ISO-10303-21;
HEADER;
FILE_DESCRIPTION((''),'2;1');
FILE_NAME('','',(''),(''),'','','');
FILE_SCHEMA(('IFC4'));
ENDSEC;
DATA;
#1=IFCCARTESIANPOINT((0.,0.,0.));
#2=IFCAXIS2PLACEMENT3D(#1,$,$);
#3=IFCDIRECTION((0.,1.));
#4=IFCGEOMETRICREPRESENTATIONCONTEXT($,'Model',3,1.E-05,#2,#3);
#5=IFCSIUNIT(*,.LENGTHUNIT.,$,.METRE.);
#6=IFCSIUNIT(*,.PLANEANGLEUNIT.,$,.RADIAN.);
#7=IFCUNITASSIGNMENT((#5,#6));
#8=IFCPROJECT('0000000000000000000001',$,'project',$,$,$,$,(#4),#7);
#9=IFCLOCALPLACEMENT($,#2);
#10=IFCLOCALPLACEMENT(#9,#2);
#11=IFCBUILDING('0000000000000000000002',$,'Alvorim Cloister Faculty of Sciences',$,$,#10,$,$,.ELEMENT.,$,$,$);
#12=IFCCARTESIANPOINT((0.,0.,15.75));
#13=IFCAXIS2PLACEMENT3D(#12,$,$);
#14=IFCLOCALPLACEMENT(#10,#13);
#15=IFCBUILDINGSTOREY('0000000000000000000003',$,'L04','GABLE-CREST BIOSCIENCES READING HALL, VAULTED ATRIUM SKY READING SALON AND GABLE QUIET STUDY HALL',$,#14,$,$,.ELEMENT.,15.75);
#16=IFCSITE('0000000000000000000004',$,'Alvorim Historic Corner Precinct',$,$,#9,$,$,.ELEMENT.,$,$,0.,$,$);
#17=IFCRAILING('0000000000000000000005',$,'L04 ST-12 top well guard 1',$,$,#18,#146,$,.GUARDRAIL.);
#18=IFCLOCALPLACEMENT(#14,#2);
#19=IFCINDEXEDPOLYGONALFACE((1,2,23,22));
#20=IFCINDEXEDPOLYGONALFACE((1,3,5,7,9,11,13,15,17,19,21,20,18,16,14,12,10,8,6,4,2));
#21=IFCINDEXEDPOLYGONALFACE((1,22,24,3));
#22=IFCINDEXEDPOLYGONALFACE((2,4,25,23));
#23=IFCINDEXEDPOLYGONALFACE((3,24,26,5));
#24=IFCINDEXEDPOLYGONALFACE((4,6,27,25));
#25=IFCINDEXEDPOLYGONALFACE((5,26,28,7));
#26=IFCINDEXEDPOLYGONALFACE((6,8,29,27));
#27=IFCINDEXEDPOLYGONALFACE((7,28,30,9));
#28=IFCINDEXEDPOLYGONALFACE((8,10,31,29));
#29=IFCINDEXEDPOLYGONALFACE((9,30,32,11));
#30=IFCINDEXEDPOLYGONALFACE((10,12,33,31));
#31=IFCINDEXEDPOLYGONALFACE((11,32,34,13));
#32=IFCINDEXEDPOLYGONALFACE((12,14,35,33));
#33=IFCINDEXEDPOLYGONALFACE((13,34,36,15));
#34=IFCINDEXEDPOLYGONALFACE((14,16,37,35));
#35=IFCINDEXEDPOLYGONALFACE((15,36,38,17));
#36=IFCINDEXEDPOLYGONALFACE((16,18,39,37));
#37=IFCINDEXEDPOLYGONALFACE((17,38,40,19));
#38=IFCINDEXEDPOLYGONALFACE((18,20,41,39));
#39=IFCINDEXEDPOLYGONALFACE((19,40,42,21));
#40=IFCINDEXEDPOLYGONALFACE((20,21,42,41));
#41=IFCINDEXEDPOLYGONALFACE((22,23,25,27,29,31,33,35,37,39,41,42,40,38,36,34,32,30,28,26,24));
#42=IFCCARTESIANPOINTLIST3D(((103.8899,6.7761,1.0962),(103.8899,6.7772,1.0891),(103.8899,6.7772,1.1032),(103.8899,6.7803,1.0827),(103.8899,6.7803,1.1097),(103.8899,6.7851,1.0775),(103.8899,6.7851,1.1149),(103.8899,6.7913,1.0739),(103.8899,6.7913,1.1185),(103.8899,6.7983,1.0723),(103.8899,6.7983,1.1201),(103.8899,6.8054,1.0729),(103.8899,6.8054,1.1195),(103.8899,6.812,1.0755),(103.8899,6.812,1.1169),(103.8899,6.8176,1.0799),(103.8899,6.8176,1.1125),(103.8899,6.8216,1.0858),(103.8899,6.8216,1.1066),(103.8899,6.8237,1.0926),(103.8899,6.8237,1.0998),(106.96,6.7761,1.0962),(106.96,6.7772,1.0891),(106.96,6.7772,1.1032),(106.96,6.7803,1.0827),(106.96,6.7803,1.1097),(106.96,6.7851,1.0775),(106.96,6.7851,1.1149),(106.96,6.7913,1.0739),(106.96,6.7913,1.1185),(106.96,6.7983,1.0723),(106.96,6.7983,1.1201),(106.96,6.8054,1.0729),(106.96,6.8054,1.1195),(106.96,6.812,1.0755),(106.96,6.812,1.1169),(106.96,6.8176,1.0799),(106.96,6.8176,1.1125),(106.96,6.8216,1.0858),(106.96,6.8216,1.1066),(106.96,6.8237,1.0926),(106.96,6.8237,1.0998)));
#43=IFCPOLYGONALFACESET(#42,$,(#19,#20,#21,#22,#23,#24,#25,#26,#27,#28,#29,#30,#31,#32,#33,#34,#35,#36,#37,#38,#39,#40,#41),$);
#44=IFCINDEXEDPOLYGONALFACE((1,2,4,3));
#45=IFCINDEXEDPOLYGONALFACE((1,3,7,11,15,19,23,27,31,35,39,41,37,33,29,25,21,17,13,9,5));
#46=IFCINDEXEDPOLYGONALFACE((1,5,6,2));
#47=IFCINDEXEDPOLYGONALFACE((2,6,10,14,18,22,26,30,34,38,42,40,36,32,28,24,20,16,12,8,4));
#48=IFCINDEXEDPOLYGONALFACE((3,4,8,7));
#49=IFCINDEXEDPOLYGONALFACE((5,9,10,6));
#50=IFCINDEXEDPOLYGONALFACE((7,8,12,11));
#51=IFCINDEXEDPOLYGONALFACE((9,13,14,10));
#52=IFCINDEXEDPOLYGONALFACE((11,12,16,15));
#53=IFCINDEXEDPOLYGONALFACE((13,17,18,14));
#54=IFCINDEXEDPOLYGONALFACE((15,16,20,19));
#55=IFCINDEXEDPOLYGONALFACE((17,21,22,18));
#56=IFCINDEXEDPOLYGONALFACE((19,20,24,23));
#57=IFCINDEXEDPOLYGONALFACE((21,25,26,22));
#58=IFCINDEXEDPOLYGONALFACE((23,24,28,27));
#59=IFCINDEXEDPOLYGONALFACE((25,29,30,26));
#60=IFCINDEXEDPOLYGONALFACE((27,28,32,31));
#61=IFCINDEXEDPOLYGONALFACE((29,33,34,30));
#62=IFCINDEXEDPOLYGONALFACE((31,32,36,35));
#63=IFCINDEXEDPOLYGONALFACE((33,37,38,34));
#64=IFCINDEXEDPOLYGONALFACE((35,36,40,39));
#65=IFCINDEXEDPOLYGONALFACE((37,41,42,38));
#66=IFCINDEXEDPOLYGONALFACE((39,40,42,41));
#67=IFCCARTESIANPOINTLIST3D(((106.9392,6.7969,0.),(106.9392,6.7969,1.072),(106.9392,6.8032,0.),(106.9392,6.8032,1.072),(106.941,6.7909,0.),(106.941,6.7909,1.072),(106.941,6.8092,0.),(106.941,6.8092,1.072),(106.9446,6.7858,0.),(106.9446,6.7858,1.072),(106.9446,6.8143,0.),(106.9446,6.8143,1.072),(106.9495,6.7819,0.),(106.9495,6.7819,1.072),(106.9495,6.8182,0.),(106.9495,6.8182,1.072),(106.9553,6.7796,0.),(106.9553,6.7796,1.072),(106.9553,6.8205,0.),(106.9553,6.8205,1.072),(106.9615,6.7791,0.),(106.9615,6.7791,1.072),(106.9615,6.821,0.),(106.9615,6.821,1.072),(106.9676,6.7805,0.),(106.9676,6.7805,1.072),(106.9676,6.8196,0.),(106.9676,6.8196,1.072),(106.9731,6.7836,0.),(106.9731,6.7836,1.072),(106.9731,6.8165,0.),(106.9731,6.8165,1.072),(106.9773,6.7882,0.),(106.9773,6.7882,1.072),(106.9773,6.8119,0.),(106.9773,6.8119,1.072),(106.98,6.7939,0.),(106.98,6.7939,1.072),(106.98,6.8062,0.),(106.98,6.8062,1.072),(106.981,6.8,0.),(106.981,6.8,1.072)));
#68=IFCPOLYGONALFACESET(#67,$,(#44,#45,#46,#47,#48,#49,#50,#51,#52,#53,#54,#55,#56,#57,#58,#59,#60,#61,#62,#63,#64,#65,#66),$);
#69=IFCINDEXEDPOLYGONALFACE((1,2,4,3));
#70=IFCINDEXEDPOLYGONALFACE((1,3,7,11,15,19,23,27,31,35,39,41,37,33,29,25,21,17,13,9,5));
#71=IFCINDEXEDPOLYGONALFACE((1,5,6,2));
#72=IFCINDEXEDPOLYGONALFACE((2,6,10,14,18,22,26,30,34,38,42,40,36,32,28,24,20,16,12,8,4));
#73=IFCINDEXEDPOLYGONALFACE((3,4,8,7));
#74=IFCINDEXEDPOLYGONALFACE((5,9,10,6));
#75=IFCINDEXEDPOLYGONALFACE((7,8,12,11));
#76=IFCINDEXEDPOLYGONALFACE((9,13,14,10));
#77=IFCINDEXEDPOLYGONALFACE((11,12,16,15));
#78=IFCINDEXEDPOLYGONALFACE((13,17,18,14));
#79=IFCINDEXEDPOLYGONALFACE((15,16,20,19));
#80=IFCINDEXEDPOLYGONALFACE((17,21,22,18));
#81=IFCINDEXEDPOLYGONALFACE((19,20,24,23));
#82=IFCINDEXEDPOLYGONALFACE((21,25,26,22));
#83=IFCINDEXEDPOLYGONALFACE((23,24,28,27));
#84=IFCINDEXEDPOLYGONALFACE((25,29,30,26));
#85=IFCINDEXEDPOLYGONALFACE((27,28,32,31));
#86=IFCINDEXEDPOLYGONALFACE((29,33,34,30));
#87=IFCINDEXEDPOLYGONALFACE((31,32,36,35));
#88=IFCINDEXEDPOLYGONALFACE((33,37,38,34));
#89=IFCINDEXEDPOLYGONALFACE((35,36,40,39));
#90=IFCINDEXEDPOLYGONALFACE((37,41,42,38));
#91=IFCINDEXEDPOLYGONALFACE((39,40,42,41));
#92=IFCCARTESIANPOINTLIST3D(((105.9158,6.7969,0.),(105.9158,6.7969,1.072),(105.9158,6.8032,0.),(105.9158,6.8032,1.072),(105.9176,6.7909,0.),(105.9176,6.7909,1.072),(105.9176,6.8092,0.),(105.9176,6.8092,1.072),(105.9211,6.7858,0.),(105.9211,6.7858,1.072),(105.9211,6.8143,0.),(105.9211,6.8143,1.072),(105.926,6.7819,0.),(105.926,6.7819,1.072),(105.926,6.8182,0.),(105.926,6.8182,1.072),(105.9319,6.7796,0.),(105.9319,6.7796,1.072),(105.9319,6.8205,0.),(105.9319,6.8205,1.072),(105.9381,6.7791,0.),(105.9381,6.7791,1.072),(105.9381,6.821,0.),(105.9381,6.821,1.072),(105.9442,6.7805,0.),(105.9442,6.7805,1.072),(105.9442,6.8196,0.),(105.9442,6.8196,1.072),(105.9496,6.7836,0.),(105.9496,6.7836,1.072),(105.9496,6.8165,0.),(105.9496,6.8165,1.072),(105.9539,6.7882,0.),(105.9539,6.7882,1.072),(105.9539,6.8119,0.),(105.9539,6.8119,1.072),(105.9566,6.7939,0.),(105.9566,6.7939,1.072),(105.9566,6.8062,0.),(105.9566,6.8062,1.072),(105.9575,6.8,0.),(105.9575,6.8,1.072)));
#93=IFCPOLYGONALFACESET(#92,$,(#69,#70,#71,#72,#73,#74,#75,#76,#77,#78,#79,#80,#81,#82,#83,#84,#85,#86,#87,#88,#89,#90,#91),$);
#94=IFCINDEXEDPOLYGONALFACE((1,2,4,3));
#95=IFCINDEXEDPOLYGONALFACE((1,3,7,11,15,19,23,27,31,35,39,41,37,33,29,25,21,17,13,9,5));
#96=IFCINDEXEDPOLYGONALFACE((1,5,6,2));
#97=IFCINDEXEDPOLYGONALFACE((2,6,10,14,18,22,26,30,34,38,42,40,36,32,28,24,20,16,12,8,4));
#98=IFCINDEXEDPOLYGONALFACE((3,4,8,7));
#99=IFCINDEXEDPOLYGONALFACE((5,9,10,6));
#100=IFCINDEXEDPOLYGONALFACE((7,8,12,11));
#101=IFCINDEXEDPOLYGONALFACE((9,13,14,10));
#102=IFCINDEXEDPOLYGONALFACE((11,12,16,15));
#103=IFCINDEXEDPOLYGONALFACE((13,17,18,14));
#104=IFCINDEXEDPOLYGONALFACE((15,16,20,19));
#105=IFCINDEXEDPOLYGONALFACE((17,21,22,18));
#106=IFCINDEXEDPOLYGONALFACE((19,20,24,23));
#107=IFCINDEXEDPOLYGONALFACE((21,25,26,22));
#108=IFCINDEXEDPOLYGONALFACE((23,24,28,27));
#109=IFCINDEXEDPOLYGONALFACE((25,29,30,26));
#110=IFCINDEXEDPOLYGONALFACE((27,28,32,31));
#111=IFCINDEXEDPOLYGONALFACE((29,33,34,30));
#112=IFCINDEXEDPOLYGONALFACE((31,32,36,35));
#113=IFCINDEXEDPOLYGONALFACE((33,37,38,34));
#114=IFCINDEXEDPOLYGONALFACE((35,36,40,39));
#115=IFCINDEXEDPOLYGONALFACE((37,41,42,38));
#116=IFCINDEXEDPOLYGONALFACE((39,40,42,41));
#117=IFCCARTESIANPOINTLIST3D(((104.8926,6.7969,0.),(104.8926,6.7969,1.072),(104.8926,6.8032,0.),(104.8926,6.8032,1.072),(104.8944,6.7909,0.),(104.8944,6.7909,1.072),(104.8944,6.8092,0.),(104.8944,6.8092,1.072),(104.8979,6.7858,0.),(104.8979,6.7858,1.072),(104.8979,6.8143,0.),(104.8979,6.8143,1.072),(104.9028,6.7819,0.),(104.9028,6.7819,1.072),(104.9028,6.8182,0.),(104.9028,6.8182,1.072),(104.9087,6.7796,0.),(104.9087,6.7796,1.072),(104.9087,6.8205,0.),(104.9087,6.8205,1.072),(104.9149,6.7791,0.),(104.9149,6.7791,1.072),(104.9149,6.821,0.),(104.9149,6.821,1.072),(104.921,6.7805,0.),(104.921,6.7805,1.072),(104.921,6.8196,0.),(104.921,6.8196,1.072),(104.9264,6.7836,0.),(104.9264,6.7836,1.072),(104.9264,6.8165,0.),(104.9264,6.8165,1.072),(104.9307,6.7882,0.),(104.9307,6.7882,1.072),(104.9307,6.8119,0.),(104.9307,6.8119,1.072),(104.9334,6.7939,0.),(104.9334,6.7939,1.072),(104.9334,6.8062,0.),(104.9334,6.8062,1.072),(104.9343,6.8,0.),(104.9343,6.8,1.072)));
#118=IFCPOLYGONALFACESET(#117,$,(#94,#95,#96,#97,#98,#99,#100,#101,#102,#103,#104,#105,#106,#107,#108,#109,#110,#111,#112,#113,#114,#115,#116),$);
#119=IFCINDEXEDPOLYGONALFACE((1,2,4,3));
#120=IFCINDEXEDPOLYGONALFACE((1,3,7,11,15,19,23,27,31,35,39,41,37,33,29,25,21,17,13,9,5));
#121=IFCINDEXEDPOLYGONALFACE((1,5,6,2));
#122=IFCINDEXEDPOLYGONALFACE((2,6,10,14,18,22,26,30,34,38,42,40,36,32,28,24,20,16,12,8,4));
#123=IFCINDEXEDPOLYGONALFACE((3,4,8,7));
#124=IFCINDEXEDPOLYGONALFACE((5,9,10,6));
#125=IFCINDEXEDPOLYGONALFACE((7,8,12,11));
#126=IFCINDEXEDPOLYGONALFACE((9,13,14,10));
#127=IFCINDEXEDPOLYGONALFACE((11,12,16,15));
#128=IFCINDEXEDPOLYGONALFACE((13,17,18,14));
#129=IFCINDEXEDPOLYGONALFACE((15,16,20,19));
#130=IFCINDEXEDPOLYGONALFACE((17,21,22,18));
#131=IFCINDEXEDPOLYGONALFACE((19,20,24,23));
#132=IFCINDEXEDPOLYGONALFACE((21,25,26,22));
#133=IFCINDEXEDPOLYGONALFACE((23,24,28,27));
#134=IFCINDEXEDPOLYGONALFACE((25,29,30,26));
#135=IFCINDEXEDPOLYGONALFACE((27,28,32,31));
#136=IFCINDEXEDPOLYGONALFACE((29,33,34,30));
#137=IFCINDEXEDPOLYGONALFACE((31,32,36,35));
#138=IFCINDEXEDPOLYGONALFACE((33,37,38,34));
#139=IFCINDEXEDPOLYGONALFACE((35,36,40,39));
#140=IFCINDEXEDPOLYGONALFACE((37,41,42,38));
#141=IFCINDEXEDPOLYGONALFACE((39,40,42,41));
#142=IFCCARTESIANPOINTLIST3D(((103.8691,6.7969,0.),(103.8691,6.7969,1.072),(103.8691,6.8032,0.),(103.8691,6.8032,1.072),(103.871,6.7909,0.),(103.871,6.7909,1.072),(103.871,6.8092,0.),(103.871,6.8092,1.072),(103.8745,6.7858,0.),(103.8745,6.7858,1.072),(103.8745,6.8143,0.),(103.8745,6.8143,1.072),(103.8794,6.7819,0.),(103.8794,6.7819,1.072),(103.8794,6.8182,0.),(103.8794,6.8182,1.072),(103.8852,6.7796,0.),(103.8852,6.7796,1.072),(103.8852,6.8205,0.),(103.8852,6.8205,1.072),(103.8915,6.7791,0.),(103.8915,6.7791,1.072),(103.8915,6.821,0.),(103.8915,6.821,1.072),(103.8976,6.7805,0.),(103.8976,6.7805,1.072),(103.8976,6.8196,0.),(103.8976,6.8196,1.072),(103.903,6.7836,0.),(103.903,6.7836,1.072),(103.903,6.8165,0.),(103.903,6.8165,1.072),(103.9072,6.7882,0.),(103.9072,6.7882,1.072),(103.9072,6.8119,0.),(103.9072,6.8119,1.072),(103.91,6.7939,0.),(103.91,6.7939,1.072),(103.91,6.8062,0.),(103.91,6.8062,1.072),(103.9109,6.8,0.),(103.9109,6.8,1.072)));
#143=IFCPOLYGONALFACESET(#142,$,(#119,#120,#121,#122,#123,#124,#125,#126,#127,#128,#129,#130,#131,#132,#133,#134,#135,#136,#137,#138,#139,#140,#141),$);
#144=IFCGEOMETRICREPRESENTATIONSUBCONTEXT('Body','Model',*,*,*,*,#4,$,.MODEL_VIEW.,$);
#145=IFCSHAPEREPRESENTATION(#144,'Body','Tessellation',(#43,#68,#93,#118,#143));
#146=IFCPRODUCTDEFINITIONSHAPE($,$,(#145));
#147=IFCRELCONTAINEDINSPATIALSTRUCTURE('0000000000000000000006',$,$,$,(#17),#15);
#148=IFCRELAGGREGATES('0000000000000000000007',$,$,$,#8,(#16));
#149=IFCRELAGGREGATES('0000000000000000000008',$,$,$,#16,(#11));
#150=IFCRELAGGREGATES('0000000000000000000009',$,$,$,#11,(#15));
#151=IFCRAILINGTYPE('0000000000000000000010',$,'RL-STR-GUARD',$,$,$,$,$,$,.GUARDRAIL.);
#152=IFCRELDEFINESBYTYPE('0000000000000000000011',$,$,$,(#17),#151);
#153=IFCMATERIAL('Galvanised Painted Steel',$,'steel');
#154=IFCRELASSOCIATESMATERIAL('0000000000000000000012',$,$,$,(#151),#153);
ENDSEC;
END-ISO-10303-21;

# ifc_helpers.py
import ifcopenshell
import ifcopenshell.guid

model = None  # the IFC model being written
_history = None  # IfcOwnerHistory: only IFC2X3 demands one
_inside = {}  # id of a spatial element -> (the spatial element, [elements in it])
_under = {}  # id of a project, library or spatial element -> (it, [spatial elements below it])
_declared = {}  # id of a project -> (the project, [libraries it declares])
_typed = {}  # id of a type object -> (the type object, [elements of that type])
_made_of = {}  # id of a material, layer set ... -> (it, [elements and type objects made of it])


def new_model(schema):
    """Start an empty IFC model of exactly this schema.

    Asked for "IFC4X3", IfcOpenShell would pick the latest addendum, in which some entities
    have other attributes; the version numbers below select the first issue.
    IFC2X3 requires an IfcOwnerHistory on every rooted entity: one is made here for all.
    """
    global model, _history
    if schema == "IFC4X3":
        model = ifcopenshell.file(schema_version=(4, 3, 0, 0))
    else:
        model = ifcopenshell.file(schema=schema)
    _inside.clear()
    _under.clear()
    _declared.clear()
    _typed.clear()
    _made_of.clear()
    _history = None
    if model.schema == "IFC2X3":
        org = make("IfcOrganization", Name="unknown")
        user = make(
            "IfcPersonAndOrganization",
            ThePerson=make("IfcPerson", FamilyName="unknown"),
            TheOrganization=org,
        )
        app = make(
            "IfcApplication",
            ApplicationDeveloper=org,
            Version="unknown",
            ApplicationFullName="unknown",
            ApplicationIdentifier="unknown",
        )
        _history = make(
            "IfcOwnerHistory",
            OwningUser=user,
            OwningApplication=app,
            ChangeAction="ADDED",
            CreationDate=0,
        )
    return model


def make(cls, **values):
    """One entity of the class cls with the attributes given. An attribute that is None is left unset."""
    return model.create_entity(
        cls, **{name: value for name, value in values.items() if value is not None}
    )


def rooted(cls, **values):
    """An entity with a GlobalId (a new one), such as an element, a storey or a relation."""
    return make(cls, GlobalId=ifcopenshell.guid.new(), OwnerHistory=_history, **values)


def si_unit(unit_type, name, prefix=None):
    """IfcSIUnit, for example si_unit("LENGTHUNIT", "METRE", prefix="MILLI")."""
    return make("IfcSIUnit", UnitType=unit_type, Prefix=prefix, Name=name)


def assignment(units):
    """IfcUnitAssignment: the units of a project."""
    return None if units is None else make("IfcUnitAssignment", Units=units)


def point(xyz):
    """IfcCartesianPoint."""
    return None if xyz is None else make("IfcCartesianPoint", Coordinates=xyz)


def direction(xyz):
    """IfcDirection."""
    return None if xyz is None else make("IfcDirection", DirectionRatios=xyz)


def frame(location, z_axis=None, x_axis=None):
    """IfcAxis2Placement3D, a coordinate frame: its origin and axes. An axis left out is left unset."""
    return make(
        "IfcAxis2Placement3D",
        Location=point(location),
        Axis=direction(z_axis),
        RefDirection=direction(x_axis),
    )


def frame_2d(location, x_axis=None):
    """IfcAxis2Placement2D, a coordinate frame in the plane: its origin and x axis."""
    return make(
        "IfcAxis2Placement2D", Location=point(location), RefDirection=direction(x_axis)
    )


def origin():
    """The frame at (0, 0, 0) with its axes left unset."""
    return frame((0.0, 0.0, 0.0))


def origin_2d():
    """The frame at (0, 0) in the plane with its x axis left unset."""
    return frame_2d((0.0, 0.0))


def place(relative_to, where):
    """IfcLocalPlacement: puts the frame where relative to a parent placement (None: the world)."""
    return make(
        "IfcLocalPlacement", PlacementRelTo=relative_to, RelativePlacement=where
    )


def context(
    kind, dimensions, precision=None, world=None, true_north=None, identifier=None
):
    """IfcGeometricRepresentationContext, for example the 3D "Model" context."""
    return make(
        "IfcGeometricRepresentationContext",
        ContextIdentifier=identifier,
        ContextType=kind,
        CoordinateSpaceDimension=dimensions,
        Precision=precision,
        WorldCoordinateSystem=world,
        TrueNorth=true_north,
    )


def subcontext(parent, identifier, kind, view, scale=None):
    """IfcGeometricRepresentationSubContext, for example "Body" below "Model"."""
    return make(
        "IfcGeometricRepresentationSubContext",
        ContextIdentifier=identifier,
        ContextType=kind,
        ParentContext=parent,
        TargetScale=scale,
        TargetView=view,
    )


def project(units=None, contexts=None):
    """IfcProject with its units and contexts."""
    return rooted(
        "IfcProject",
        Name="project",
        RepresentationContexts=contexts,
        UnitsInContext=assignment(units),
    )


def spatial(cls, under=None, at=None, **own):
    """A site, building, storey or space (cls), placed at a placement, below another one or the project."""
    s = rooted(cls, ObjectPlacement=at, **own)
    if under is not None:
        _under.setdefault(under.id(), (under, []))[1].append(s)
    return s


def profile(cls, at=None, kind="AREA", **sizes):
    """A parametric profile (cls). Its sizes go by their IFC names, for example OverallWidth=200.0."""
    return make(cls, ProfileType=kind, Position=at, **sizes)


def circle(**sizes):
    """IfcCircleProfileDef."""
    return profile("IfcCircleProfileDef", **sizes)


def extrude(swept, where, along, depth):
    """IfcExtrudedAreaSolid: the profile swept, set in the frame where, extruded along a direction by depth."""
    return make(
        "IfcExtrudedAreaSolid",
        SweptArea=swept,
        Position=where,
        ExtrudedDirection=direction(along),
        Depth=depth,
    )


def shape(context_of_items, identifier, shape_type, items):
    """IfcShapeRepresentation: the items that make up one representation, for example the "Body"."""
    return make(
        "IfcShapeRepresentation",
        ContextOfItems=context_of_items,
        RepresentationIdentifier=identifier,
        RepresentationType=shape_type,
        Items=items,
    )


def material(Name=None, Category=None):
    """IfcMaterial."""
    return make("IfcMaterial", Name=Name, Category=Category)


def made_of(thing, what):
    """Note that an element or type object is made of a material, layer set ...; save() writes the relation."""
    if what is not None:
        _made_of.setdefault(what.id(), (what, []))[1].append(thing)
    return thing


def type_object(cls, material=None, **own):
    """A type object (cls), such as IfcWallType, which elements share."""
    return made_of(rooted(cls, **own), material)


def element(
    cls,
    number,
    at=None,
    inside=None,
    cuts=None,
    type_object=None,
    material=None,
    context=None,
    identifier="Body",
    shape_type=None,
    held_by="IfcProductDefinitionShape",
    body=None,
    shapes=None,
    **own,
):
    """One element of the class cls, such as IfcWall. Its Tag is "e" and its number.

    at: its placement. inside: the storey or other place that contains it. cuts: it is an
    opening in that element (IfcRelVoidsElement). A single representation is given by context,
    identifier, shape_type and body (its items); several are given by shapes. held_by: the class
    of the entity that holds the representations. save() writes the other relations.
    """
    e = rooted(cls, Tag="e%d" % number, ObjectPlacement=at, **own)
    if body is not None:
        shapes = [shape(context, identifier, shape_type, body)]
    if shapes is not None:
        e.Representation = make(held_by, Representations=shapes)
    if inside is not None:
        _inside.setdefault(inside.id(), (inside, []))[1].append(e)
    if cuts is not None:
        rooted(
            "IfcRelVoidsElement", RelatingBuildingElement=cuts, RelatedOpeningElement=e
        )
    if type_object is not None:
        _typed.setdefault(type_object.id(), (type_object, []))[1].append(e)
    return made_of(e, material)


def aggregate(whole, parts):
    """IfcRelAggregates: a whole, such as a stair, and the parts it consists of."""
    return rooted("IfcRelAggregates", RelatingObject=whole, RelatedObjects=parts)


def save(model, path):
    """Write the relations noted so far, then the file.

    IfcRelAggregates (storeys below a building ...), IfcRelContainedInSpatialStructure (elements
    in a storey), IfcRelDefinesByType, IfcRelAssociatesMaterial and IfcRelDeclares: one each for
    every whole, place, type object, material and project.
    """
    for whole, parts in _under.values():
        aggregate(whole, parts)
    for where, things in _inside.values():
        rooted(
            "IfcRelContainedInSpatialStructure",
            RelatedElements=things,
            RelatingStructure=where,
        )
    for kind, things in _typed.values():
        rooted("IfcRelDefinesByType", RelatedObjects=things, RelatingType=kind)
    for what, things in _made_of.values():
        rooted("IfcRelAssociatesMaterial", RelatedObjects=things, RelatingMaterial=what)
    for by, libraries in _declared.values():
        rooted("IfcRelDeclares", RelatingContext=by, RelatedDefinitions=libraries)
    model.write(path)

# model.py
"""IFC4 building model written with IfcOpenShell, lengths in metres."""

from ifc_helpers import new_model, si_unit, direction, frame, origin, origin_2d, place, context, subcontext, project, spatial, circle, extrude, material, type_object, element, save


model = new_model("IFC4")

# Units and contexts
model_context = context("Model", 3, precision=1e-05, world=origin(), true_north=direction((0.0, 1.0)))
body_context = subcontext(model_context, "Body", "Model", "MODEL_VIEW")
ifc_project = project(units=[si_unit("LENGTHUNIT", "METRE"), si_unit("PLANEANGLEUNIT", "RADIAN")], contexts=[model_context])

# Site, building, storey
site_placement = place(None, origin())
site = spatial("IfcSite", under=ifc_project, at=site_placement, Name="Alvorim Historic Corner Precinct", CompositionType="ELEMENT", RefElevation=0.0)
building_placement = place(site_placement, origin())
building = spatial("IfcBuilding", under=site, at=building_placement, Name="Alvorim Cloister Faculty of Sciences", CompositionType="ELEMENT")
storey_placement = place(building_placement, frame((0.0, 0.0, 15.75)))
storey = spatial("IfcBuildingStorey", under=building, at=storey_placement, Name="L04", Description="GABLE-CREST BIOSCIENCES READING HALL, VAULTED ATRIUM SKY READING SALON AND GABLE QUIET STUDY HALL", CompositionType="ELEMENT", Elevation=15.75)

# Railing
ifc_material_1 = material(Name="Galvanised Painted Steel", Category="steel")
railing_type = type_object("IfcRailingType", Name="RL-STR-GUARD", PredefinedType="GUARDRAIL", material=ifc_material_1)
railing_placement = place(storey_placement, frame((106.96, 6.8, 0.0)))
element("IfcRailing", 1, at=railing_placement, inside=storey, type_object=railing_type, Name="L04 ST-12 top well guard 1", PredefinedType="GUARDRAIL", context=body_context, shape_type="SweptSolid", body=[
    extrude(circle(Radius=0.0239, at=origin_2d()), frame((0.0, 0.0, 1.0962), z_axis=(-1.0, 0.0, 0.0), x_axis=(0.0, -1.0, 0.0)), (0.0, 0.0, 1.0), 3.0701),
    extrude(circle(Radius=0.021, at=origin_2d()), origin(), (0.0, 0.0, 1.0), 1.072),
    extrude(circle(Radius=0.021, at=origin_2d()), frame((-1.0234, 0.0, 0.0)), (0.0, 0.0, 1.0), 1.072),
    extrude(circle(Radius=0.021, at=origin_2d()), frame((-2.0466, 0.0, 0.0)), (0.0, 0.0, 1.0), 1.072),
    extrude(circle(Radius=0.021, at=origin_2d()), frame((-3.0701, 0.0, 0.0)), (0.0, 0.0, 1.0), 1.072),
])

save(model, "model.ifc")
